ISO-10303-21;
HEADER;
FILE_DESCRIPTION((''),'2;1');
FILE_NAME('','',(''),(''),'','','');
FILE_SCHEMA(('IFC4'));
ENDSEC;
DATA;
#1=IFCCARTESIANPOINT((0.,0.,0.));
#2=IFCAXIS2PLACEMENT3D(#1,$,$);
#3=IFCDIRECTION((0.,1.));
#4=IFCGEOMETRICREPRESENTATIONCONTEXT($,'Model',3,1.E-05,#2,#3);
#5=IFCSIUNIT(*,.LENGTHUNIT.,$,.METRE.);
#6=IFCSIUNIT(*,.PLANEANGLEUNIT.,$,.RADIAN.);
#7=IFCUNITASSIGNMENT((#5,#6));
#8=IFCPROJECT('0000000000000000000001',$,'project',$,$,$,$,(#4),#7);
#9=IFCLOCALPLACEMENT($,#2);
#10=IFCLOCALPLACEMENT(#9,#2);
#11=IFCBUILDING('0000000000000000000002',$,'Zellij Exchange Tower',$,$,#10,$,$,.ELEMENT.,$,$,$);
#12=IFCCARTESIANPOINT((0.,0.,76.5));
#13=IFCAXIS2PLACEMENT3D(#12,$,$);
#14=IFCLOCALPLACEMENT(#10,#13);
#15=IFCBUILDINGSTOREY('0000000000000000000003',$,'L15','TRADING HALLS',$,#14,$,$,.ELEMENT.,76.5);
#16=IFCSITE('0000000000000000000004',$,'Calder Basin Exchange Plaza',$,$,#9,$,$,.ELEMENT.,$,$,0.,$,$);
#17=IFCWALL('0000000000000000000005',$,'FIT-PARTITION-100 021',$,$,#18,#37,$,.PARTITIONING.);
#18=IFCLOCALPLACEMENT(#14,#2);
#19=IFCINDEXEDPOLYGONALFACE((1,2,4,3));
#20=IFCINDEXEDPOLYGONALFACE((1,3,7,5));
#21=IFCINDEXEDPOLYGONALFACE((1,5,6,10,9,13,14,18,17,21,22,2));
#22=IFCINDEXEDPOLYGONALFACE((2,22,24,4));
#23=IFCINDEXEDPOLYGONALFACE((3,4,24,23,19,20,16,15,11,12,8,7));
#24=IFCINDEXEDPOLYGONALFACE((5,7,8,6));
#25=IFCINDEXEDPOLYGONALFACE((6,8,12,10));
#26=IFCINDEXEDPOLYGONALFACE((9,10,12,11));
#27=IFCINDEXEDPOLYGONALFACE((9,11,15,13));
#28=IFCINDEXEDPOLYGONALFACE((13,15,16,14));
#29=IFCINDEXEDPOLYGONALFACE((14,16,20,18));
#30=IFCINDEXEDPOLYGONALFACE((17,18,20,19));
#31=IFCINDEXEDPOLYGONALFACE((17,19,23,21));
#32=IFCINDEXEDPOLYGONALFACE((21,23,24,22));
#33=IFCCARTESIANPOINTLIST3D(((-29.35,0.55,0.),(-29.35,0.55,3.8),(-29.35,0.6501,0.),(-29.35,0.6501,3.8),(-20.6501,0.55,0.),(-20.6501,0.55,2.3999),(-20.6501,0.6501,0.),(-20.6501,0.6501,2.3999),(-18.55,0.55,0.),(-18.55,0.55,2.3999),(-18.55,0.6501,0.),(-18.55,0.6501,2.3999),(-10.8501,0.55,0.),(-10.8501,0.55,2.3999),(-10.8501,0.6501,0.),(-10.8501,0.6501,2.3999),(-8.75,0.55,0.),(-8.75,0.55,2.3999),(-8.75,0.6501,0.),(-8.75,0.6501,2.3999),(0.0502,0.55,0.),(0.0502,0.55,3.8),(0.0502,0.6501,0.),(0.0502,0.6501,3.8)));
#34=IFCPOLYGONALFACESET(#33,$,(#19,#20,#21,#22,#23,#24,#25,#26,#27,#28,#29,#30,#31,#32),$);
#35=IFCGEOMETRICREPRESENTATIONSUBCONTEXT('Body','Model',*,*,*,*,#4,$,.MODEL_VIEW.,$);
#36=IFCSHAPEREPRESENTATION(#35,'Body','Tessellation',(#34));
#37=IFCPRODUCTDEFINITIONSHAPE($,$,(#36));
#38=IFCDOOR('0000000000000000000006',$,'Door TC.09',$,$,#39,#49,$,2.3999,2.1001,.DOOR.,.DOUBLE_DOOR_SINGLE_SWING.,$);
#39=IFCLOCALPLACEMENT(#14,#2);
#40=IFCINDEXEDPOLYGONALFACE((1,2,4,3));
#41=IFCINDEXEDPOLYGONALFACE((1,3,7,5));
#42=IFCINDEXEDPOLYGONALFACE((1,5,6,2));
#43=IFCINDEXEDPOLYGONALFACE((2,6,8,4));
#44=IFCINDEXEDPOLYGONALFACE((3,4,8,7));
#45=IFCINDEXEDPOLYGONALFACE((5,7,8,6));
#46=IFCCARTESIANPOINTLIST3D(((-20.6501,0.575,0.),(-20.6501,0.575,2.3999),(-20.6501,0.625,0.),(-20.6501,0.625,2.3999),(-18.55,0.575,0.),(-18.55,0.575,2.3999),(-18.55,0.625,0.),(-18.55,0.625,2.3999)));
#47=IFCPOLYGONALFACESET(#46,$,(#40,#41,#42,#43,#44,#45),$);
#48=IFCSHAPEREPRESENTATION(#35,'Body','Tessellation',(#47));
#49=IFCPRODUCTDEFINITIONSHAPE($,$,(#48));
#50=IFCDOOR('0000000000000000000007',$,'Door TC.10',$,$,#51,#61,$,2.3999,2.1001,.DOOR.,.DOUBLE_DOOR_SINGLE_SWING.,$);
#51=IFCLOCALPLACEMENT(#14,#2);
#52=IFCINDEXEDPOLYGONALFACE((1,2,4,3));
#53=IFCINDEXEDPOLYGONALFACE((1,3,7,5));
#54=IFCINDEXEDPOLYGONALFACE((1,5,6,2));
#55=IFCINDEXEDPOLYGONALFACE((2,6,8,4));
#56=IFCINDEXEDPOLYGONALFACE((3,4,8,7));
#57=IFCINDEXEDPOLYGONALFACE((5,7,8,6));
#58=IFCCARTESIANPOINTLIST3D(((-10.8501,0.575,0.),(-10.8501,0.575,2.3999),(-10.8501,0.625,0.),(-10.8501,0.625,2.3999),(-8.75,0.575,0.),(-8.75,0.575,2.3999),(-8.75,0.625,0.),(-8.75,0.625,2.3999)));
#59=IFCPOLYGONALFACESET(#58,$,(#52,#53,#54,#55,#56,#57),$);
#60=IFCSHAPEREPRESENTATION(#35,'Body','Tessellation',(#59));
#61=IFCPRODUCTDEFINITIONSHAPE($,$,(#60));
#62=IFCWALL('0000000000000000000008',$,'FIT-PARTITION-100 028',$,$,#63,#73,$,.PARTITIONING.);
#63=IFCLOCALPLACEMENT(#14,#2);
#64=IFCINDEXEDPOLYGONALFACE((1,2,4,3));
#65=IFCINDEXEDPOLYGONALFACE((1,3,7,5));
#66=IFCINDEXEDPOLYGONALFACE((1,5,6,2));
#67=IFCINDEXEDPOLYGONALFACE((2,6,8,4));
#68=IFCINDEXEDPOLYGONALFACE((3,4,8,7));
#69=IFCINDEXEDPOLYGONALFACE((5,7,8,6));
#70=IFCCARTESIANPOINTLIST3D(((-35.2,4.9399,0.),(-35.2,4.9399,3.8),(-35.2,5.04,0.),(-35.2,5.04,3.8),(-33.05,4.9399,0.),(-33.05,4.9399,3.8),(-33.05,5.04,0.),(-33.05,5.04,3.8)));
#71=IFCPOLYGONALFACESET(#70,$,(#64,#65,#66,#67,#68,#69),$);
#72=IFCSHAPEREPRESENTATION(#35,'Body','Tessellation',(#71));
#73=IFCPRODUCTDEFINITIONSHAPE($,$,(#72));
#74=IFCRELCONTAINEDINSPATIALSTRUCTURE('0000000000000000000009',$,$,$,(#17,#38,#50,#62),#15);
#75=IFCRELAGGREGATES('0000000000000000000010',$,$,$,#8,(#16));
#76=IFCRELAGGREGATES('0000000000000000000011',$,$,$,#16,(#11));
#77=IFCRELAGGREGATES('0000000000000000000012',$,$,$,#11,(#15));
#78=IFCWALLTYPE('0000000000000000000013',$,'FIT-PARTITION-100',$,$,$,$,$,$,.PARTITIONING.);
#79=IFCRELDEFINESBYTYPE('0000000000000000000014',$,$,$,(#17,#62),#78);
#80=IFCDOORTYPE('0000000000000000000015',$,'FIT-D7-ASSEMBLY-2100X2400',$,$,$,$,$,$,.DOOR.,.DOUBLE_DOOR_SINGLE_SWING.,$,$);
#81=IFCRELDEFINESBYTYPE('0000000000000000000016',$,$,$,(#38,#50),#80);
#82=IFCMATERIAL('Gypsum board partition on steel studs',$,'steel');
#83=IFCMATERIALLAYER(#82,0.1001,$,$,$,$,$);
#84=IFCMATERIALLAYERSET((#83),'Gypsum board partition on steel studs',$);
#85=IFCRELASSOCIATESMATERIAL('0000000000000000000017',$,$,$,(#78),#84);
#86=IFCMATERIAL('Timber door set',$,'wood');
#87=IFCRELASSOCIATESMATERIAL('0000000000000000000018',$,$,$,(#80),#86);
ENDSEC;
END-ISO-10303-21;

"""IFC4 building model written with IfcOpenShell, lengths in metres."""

from ifc_helpers import new_model, si_unit, direction, frame, frame_2d, origin, place, context, subcontext, project, spatial, rectangle, extrude, material, layer, layer_set, type_object, element, fill, save


model = new_model("IFC4")

# Units and contexts
model_context = context("Model", 3, precision=1e-05, world=origin(), true_north=direction((0.0, 1.0)))
body_context = subcontext(model_context, "Body", "Model", "MODEL_VIEW")
ifc_project = project(units=[si_unit("LENGTHUNIT", "METRE"), si_unit("PLANEANGLEUNIT", "RADIAN")], contexts=[model_context])

# Site, building, storey
site_placement = place(None, origin())
site = spatial("IfcSite", under=ifc_project, at=site_placement, Name="Calder Basin Exchange Plaza", CompositionType="ELEMENT", RefElevation=0.0)
building_placement = place(site_placement, origin())
building = spatial("IfcBuilding", under=site, at=building_placement, Name="Zellij Exchange Tower", CompositionType="ELEMENT")
storey_placement = place(building_placement, frame((0.0, 0.0, 76.5)))
storey = spatial("IfcBuildingStorey", under=building, at=storey_placement, Name="L15", Description="TRADING HALLS", CompositionType="ELEMENT", Elevation=76.5)

# Wall, openings, doors
ifc_material_1 = material(Name="Gypsum board partition on steel studs", Category="steel")
ifc_layer_1 = layer(ifc_material_1, 0.1001)
ifc_layer_set_1 = layer_set([ifc_layer_1], Name="Gypsum board partition on steel studs")
wall_type_1 = type_object("IfcWallType", Name="FIT-PARTITION-100", PredefinedType="PARTITIONING", material=ifc_layer_set_1)
wall_1_placement = place(storey_placement, frame((-29.3501, 0.6001, 0.0), z_axis=(0.0, 0.0, 1.0), x_axis=(1.0, 0.0, 0.0)))
wall_1 = element("IfcWall", 1, at=wall_1_placement, inside=storey, type_object=wall_type_1, Name="FIT-PARTITION-100 021", PredefinedType="PARTITIONING", context=body_context, shape_type="SweptSolid", body=[
    extrude(rectangle(XDim=29.4001, YDim=0.1001, at=frame_2d((14.7002, 0.0))), origin(), (0.0, 0.0, 1.0), 3.8),
])
opening_1_placement = place(wall_1_placement, frame((8.7, 0.0, 0.0)))
opening_1 = element("IfcOpeningElement", 2, at=opening_1_placement, cuts=wall_1, PredefinedType="OPENING", context=body_context, shape_type="SweptSolid", body=[
    extrude(rectangle(XDim=2.1001, YDim=2.3999, at=frame_2d((1.05, 1.2))), frame((0.0, 0.062, 0.0), z_axis=(0.0, -1.0, 0.0), x_axis=(1.0, 0.0, 0.0)), (0.0, 0.0, 1.0), 0.124),
])
opening_2_placement = place(wall_1_placement, frame((18.5, 0.0, 0.0)))
opening_2 = element("IfcOpeningElement", 3, at=opening_2_placement, cuts=wall_1, PredefinedType="OPENING", context=body_context, shape_type="SweptSolid", body=[
    extrude(rectangle(XDim=2.1001, YDim=2.3999, at=frame_2d((1.05, 1.2))), frame((0.0, 0.062, 0.0), z_axis=(0.0, -1.0, 0.0), x_axis=(1.0, 0.0, 0.0)), (0.0, 0.0, 1.0), 0.124),
])
ifc_material_2 = material(Name="Timber door set", Category="wood")
door_type_1 = type_object("IfcDoorType", Name="FIT-D7-ASSEMBLY-2100X2400", OperationType="DOUBLE_DOOR_SINGLE_SWING", PredefinedType="DOOR", material=ifc_material_2)
door_1_placement = place(opening_1_placement, origin())
door_1 = element("IfcDoor", 4, at=door_1_placement, inside=storey, type_object=door_type_1, Name="Door TC.09", OperationType="DOUBLE_DOOR_SINGLE_SWING", OverallHeight=2.3999, OverallWidth=2.1001, PredefinedType="DOOR", context=body_context, shape_type="SweptSolid", body=[
    extrude(rectangle(XDim=2.1001, YDim=2.3999, at=frame_2d((1.05, 1.2))), frame((0.0, 0.0249, 0.0), z_axis=(0.0, -1.0, 0.0), x_axis=(1.0, 0.0, 0.0)), (0.0, 0.0, 1.0), 0.05),
])
fill(opening_1, door_1)
door_2_placement = place(opening_2_placement, origin())
door_2 = element("IfcDoor", 5, at=door_2_placement, inside=storey, type_object=door_type_1, Name="Door TC.10", OperationType="DOUBLE_DOOR_SINGLE_SWING", OverallHeight=2.3999, OverallWidth=2.1001, PredefinedType="DOOR", context=body_context, shape_type="SweptSolid", body=[
    extrude(rectangle(XDim=2.1001, YDim=2.3999, at=frame_2d((1.05, 1.2))), frame((0.0, 0.0249, 0.0), z_axis=(0.0, -1.0, 0.0), x_axis=(1.0, 0.0, 0.0)), (0.0, 0.0, 1.0), 0.05),
])
fill(opening_2, door_2)

# Wall
wall_2_placement = place(storey_placement, frame((-35.2, 4.99, 0.0), z_axis=(0.0, 0.0, 1.0), x_axis=(1.0, 0.0, 0.0)))
element("IfcWall", 6, at=wall_2_placement, inside=storey, type_object=wall_type_1, Name="FIT-PARTITION-100 028", PredefinedType="PARTITIONING", context=body_context, shape_type="SweptSolid", body=[
    extrude(rectangle(XDim=2.1499, YDim=0.1001, at=frame_2d((1.075, 0.0))), origin(), (0.0, 0.0, 1.0), 3.8),
])

save(model, "model.ifc")
